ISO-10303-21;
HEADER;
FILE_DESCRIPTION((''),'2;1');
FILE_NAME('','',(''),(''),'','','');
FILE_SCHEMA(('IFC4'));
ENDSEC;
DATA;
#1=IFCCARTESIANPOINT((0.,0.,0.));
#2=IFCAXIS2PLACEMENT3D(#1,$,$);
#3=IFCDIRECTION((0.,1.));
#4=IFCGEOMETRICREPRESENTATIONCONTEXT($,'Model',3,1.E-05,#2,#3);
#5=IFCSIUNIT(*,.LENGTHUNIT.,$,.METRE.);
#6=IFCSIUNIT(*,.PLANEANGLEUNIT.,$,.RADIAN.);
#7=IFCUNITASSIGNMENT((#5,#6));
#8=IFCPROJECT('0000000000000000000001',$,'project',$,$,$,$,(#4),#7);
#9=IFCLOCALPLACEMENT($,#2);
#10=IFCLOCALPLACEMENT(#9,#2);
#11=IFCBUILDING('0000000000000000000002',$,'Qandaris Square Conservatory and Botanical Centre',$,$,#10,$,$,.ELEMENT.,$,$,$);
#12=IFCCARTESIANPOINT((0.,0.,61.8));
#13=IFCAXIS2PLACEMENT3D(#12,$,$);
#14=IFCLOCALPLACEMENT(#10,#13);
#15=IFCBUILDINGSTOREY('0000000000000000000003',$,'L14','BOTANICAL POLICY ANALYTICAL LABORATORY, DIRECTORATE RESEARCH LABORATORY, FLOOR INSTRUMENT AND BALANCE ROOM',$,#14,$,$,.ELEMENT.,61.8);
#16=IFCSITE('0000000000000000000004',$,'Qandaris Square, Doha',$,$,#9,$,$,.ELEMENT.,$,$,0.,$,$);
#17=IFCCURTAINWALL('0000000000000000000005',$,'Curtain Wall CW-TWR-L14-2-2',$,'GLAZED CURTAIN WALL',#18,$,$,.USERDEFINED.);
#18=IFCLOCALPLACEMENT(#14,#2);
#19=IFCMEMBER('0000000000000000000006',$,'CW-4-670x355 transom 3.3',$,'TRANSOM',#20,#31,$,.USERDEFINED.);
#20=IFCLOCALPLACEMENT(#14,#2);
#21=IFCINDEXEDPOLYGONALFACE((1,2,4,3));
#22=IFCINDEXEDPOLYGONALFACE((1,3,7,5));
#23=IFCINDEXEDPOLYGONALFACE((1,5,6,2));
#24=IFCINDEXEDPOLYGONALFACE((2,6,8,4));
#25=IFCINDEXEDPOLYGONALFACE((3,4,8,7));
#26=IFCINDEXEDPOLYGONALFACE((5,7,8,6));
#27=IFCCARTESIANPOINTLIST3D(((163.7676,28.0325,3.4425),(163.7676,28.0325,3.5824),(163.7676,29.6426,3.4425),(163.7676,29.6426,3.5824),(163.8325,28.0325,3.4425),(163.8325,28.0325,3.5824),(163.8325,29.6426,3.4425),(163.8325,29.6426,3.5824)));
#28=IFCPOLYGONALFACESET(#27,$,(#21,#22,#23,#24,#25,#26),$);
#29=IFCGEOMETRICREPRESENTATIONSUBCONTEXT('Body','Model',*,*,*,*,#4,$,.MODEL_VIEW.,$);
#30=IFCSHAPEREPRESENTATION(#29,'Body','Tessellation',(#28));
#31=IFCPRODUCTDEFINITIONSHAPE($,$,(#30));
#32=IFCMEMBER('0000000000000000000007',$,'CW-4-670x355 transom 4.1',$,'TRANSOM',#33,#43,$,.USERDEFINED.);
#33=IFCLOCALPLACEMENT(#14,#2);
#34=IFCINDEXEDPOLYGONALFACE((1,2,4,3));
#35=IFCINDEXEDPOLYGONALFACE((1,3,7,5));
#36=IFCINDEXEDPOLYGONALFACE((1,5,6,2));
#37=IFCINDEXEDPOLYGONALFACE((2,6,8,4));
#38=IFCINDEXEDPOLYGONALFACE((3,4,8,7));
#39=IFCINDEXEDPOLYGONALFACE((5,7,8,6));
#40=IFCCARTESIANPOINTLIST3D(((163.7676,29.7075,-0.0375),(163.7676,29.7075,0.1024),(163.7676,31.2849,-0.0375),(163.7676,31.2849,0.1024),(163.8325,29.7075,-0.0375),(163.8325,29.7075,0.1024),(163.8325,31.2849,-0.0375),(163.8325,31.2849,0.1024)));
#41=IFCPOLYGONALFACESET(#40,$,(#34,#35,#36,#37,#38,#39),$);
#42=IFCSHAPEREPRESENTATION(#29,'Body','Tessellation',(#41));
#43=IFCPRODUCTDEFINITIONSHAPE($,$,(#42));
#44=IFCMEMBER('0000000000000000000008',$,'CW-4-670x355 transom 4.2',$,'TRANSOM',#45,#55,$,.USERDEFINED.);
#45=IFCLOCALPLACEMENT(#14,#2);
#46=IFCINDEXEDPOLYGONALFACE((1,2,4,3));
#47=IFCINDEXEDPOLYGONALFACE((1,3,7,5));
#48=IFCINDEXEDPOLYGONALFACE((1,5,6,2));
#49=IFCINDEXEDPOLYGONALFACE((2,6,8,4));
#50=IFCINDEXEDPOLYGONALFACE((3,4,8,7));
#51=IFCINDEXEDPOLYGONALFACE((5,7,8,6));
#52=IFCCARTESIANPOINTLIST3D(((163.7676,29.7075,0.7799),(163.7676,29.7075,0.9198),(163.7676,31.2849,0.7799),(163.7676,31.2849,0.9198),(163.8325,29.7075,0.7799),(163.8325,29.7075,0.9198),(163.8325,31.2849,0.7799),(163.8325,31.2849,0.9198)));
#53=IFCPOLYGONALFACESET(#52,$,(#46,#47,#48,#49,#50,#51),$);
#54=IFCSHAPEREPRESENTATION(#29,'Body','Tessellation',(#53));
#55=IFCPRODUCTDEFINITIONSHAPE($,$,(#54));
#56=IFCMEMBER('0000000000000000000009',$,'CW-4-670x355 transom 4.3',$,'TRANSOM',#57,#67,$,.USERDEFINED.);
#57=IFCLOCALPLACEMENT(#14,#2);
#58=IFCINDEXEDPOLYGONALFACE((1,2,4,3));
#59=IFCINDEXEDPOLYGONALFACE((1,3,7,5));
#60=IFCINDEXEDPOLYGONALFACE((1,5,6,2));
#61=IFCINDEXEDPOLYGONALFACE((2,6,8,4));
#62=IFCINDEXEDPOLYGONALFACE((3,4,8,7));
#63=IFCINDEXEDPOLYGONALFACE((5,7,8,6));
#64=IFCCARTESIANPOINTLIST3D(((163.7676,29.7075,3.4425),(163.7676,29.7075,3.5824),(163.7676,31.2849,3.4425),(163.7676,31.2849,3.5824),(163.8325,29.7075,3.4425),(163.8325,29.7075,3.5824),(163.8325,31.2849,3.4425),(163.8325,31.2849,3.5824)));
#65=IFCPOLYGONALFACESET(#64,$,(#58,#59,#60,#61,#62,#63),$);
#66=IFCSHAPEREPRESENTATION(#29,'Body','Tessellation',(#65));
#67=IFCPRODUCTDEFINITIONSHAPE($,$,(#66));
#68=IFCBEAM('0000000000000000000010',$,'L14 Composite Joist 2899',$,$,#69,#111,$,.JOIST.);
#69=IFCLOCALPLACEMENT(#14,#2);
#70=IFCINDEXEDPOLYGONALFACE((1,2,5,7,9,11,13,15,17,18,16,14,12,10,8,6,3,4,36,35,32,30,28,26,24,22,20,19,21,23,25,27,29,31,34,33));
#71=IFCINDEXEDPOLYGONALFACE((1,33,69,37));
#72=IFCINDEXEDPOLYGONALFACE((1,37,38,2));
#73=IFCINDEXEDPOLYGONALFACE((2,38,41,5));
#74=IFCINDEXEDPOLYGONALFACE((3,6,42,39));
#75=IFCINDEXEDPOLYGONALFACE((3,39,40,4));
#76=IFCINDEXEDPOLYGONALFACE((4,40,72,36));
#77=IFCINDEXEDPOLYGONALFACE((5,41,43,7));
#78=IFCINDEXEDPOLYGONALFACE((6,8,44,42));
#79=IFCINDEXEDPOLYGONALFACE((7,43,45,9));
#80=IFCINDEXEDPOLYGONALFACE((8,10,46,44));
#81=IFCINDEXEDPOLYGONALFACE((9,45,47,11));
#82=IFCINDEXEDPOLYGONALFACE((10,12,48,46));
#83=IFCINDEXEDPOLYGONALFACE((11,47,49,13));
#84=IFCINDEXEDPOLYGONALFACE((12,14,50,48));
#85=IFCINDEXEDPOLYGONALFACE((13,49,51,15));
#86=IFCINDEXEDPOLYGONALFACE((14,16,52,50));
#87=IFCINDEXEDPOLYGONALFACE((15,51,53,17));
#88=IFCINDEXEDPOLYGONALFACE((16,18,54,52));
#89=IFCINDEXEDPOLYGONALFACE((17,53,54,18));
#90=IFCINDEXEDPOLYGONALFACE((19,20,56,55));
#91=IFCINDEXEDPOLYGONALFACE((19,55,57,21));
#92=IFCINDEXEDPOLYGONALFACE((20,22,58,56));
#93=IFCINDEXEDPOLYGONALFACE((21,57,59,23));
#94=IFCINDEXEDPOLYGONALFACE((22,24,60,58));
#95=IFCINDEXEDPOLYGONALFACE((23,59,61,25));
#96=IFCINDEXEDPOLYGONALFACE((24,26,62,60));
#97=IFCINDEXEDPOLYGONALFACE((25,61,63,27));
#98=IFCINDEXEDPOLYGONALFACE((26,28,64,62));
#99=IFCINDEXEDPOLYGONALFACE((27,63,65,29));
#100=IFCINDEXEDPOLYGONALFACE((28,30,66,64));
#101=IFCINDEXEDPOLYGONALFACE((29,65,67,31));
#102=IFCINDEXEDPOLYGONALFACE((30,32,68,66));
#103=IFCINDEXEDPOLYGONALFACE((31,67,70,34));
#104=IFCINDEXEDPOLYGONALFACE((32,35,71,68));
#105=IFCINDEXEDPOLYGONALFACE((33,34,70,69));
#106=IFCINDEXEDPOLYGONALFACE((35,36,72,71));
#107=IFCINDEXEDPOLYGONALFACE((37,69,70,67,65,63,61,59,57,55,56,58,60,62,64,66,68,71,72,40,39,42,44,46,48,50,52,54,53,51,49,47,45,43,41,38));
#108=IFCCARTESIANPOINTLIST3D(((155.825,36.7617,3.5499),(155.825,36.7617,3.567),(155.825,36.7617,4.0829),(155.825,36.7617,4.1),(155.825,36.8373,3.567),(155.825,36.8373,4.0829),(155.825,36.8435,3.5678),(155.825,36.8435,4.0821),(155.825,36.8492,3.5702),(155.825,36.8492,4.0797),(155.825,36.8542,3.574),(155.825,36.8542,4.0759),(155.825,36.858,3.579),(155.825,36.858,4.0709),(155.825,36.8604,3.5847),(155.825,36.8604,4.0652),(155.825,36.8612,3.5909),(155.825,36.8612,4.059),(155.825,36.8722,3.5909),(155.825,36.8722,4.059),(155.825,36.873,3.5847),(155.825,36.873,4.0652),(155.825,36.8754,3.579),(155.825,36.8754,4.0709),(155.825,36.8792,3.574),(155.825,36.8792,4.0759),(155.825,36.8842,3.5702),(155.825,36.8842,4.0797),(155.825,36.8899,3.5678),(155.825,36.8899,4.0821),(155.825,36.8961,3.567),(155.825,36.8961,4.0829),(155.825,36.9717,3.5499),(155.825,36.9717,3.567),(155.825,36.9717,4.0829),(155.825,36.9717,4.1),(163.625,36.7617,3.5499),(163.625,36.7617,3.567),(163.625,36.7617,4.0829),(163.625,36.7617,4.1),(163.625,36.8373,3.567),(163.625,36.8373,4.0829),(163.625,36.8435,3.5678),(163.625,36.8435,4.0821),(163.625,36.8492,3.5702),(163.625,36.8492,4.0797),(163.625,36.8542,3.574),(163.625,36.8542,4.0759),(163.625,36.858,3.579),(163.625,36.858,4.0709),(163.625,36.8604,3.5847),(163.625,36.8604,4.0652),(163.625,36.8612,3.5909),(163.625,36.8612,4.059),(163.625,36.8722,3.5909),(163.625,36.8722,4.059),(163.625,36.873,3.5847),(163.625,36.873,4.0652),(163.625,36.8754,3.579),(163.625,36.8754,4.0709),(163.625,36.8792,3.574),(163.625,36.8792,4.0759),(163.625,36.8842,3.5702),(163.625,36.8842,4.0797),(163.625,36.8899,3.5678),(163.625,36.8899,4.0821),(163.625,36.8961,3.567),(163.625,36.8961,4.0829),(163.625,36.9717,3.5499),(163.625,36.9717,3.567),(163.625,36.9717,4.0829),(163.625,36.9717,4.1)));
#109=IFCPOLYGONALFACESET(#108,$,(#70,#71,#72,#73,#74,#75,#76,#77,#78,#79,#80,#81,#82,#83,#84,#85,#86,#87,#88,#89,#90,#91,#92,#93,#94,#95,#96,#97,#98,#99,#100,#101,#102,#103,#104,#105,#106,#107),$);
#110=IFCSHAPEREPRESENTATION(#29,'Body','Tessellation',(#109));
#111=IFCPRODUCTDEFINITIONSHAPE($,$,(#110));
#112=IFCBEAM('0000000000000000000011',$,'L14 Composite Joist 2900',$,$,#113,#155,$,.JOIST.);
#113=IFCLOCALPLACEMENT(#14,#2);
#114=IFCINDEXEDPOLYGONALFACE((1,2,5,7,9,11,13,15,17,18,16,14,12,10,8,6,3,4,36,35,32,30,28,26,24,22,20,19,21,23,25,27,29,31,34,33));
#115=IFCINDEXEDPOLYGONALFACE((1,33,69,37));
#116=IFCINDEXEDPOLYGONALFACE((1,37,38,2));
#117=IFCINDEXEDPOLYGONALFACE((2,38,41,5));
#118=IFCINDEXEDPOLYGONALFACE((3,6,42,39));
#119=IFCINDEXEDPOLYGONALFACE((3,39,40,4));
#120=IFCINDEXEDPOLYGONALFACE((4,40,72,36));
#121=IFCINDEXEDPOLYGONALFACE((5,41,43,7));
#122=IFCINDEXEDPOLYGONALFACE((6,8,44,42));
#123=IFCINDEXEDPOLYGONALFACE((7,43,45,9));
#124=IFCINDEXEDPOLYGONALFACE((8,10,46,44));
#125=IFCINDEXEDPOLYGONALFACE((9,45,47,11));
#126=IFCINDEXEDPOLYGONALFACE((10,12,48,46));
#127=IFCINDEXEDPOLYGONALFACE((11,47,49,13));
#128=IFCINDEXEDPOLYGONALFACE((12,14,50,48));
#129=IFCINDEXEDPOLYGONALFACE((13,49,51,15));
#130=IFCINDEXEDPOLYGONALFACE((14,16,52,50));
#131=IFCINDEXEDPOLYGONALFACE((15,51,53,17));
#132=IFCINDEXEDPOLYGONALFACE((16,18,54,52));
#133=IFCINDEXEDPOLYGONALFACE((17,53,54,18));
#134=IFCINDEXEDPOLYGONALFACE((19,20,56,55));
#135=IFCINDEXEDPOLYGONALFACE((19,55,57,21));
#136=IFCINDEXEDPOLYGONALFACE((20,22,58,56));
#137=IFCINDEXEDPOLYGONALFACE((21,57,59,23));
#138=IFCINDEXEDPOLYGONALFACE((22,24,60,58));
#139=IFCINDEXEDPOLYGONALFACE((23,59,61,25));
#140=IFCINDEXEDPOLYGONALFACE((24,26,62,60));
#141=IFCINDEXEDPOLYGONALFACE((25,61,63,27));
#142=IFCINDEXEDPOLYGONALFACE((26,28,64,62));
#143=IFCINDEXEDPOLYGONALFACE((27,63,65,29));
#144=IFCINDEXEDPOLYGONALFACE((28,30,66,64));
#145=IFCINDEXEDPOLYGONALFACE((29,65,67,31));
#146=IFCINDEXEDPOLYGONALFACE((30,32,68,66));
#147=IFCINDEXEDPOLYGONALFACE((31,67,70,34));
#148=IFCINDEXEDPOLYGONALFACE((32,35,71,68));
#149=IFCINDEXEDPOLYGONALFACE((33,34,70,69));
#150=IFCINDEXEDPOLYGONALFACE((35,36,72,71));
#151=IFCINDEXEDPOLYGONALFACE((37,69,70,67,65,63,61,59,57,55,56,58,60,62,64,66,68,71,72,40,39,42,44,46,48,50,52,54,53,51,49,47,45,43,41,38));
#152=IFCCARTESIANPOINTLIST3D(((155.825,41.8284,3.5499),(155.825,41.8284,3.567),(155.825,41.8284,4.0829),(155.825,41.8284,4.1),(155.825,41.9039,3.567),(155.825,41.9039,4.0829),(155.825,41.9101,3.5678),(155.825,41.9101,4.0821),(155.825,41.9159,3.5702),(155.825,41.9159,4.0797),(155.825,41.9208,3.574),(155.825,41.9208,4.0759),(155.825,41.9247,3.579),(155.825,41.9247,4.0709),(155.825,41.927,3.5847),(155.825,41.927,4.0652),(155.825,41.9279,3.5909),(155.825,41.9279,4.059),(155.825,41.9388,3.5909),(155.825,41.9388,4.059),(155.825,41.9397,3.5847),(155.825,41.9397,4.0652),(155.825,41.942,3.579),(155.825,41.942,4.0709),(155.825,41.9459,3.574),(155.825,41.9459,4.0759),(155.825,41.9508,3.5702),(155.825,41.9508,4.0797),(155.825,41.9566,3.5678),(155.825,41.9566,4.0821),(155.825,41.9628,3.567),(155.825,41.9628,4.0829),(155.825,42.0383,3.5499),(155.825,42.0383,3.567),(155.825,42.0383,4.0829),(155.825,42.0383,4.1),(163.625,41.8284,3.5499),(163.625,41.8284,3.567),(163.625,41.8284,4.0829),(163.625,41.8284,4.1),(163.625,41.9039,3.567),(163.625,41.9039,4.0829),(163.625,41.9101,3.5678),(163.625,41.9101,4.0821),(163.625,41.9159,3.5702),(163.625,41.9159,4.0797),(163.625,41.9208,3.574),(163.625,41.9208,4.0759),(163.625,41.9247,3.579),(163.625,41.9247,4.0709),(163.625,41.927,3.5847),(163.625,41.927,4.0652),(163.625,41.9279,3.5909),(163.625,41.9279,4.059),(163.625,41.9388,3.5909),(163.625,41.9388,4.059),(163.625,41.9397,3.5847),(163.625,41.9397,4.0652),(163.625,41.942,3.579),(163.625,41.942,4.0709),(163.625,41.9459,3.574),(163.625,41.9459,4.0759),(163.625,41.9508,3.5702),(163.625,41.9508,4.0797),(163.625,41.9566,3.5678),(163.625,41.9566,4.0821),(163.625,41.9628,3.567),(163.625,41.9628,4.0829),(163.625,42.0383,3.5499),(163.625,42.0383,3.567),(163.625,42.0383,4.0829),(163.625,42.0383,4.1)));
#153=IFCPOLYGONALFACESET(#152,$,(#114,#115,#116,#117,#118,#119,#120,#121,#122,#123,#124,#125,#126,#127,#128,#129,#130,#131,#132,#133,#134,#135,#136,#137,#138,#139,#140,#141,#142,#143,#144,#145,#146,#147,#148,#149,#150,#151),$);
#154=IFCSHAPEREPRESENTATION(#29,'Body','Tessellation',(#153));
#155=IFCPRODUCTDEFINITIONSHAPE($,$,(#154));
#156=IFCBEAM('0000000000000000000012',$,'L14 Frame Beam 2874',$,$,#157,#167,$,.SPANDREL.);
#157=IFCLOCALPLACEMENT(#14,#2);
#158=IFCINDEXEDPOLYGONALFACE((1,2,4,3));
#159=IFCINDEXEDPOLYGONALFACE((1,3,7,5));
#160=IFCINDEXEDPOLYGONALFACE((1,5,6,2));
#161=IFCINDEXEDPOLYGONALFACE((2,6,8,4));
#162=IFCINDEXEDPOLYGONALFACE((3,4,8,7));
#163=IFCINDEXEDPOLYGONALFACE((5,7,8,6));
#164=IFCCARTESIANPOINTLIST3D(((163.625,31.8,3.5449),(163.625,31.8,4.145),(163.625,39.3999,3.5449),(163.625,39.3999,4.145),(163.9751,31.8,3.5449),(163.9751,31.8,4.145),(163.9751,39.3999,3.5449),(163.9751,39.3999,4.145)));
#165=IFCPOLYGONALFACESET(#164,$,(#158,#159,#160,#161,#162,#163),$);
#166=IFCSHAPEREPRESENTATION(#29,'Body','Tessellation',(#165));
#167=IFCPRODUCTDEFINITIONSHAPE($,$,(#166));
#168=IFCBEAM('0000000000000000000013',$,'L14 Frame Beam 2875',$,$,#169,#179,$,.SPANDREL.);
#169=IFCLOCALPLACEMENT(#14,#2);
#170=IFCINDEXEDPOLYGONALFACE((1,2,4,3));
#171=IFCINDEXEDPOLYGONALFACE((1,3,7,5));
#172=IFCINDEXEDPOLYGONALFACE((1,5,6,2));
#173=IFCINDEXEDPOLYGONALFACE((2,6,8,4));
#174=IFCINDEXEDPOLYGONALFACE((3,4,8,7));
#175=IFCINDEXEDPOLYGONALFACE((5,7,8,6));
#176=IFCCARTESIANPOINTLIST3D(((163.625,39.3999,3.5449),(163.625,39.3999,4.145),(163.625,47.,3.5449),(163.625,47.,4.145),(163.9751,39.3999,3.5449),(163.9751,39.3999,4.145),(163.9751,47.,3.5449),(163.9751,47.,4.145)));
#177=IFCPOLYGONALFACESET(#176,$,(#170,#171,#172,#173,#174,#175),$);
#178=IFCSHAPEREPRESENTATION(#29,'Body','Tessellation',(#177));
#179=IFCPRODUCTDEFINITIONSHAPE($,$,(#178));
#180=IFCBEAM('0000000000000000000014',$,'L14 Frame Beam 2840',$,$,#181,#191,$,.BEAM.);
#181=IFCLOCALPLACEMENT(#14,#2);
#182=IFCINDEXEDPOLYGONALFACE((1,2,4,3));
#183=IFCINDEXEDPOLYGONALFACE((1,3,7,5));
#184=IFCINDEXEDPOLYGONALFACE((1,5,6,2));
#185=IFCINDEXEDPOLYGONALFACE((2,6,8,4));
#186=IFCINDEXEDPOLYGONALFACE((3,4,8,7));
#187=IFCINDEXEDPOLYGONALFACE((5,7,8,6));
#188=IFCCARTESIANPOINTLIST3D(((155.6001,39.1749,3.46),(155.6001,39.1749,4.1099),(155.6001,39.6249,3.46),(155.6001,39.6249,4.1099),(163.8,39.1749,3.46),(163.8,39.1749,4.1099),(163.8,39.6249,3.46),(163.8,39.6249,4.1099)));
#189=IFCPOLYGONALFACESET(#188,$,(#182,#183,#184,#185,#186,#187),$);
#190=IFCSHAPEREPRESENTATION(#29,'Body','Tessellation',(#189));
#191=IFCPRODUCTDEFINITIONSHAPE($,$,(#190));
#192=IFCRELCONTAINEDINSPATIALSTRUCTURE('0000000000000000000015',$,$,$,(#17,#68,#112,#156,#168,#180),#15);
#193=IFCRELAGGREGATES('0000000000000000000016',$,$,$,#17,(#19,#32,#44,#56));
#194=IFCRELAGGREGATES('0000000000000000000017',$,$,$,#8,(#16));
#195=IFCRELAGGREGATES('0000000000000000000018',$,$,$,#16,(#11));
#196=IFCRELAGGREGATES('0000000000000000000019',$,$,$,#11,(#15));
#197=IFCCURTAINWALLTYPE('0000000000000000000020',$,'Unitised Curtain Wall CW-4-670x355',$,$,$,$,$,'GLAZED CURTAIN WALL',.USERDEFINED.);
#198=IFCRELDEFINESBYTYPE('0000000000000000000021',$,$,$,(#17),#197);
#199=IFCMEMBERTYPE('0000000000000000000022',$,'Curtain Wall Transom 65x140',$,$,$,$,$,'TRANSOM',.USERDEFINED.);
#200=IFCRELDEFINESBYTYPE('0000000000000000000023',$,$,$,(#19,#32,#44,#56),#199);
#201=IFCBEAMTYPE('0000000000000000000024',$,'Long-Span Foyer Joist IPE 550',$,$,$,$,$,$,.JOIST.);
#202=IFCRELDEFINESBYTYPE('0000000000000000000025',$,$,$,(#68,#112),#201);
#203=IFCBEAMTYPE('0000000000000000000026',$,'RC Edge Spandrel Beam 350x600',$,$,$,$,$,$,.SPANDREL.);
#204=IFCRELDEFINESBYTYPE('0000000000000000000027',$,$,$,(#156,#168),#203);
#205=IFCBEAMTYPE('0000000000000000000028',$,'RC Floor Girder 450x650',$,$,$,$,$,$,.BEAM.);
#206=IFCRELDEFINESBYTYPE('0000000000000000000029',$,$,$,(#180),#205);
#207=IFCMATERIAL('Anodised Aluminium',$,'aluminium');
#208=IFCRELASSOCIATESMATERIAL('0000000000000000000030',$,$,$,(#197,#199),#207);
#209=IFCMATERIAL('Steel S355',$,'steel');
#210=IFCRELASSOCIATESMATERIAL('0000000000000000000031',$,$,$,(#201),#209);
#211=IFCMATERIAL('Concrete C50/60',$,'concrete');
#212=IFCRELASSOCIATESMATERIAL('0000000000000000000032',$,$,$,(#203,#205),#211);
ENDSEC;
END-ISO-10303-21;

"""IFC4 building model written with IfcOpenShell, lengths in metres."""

from ifc_helpers import new_model, si_unit, direction, frame, origin, origin_2d, place, context, subcontext, project, spatial, rectangle, i_section, extrude, material, material_profile, profile_set, type_object, element, aggregate, save


model = new_model("IFC4")

# Units and contexts
model_context = context("Model", 3, precision=1e-05, world=origin(), true_north=direction((0.0, 1.0)))
body_context = subcontext(model_context, "Body", "Model", "MODEL_VIEW")
ifc_project = project(units=[si_unit("LENGTHUNIT", "METRE"), si_unit("PLANEANGLEUNIT", "RADIAN")], contexts=[model_context])

# Site, building, storey
site_placement = place(None, origin())
site = spatial("IfcSite", under=ifc_project, at=site_placement, Name="Qandaris Square, Doha", CompositionType="ELEMENT", RefElevation=0.0)
building_placement = place(site_placement, origin())
building = spatial("IfcBuilding", under=site, at=building_placement, Name="Qandaris Square Conservatory and Botanical Centre", CompositionType="ELEMENT")
storey_placement = place(building_placement, frame((0.0, 0.0, 61.8)))
storey = spatial("IfcBuildingStorey", under=building, at=storey_placement, Name="L14", Description="BOTANICAL POLICY ANALYTICAL LABORATORY, DIRECTORATE RESEARCH LABORATORY, FLOOR INSTRUMENT AND BALANCE ROOM", CompositionType="ELEMENT", Elevation=61.8)

# Shared definitions
ifc_material_1 = material(Name="Concrete C50/60", Category="concrete")

# Shared definitions
ifc_material_2 = material(Name="Steel S355", Category="steel")

# Curtain wall, members
ifc_material_3 = material(Name="Anodised Aluminium", Category="aluminium")
curtain_wall_type = type_object("IfcCurtainWallType", Name="Unitised Curtain Wall CW-4-670x355", ElementType="GLAZED CURTAIN WALL", PredefinedType="USERDEFINED", material=ifc_material_3)
curtain_wall_placement = place(storey_placement, origin())
curtain_wall = element("IfcCurtainWall", 1, at=curtain_wall_placement, inside=storey, type_object=curtain_wall_type, Name="Curtain Wall CW-TWR-L14-2-2", ObjectType="GLAZED CURTAIN WALL", PredefinedType="USERDEFINED")
ifc_material_profile_1 = material_profile(ifc_material_3, rectangle(XDim=0.0649, YDim=0.1399, at=origin_2d()), Name="ALU-TRN 65x140")
ifc_profile_set_1 = profile_set([ifc_material_profile_1], Name="Anodised Aluminium")
member_type_1 = type_object("IfcMemberType", Name="Curtain Wall Transom 65x140", ElementType="TRANSOM", PredefinedType="USERDEFINED", material=ifc_profile_set_1)
member_1_placement = place(storey_placement, frame((163.8, 28.0325, 3.5125), z_axis=(0.0, 1.0, 0.0), x_axis=(-1.0, 0.0, 0.0)))
member_1 = element("IfcMember", 2, at=member_1_placement, type_object=member_type_1, Name="CW-4-670x355 transom 3.3", ObjectType="TRANSOM", PredefinedType="USERDEFINED", context=body_context, shape_type="SweptSolid", body=[
    extrude(rectangle(XDim=0.0649, YDim=0.1399, at=origin_2d()), origin(), (0.0, 0.0, 1.0), 1.6101),
])
member_2_placement = place(storey_placement, frame((163.8, 29.7075, 0.0325), z_axis=(0.0, 1.0, 0.0), x_axis=(-1.0, 0.0, 0.0)))
member_2 = element("IfcMember", 3, at=member_2_placement, type_object=member_type_1, Name="CW-4-670x355 transom 4.1", ObjectType="TRANSOM", PredefinedType="USERDEFINED", context=body_context, shape_type="SweptSolid", body=[
    extrude(rectangle(XDim=0.0649, YDim=0.1399, at=origin_2d()), origin(), (0.0, 0.0, 1.0), 1.5774),
])
member_3_placement = place(storey_placement, frame((163.8, 29.7075, 0.8499), z_axis=(0.0, 1.0, 0.0), x_axis=(-1.0, 0.0, 0.0)))
member_3 = element("IfcMember", 4, at=member_3_placement, type_object=member_type_1, Name="CW-4-670x355 transom 4.2", ObjectType="TRANSOM", PredefinedType="USERDEFINED", context=body_context, shape_type="SweptSolid", body=[
    extrude(rectangle(XDim=0.0649, YDim=0.1399, at=origin_2d()), origin(), (0.0, 0.0, 1.0), 1.5774),
])
member_4_placement = place(storey_placement, frame((163.8, 29.7075, 3.5125), z_axis=(0.0, 1.0, 0.0), x_axis=(-1.0, 0.0, 0.0)))
member_4 = element("IfcMember", 5, at=member_4_placement, type_object=member_type_1, Name="CW-4-670x355 transom 4.3", ObjectType="TRANSOM", PredefinedType="USERDEFINED", context=body_context, shape_type="SweptSolid", body=[
    extrude(rectangle(XDim=0.0649, YDim=0.1399, at=origin_2d()), origin(), (0.0, 0.0, 1.0), 1.5774),
])

# Beams
ifc_material_profile_2 = material_profile(ifc_material_2, i_section(OverallWidth=0.21, OverallDepth=0.55, WebThickness=0.011, FlangeThickness=0.0171, FilletRadius=0.0239, at=origin_2d()), Name="IPE 550")
ifc_profile_set_2 = profile_set([ifc_material_profile_2], Name="Steel S355")
beam_type_1 = type_object("IfcBeamType", Name="Long-Span Foyer Joist IPE 550", PredefinedType="JOIST", material=ifc_profile_set_2)
for number, where, z_axis, x_axis, name in (
    (6, (155.825, 36.8667, 3.825), (1.0, 0.0, 0.0), (0.0, 1.0, 0.0), "L14 Composite Joist 2899"),
    (7, (155.825, 41.9333, 3.825), (1.0, 0.0, 0.0), (0.0, 1.0, 0.0), "L14 Composite Joist 2900"),
):
    element("IfcBeam", number, at=place(storey_placement, frame(where, z_axis=z_axis, x_axis=x_axis)), inside=storey, type_object=beam_type_1, Name=name, PredefinedType="JOIST", context=body_context, shape_type="SweptSolid", body=[
        extrude(i_section(OverallWidth=0.21, OverallDepth=0.55, WebThickness=0.011, FlangeThickness=0.0171, FilletRadius=0.0239, at=origin_2d()), origin(), (0.0, 0.0, 1.0), 7.8),
    ])
ifc_material_profile_3 = material_profile(ifc_material_1, rectangle(XDim=0.3501, YDim=0.6001, at=origin_2d()), Name="RC-SP 350x600")
ifc_profile_set_3 = profile_set([ifc_material_profile_3], Name="Concrete C50/60")
beam_type_2 = type_object("IfcBeamType", Name="RC Edge Spandrel Beam 350x600", PredefinedType="SPANDREL", material=ifc_profile_set_3)
beam_1_placement = place(storey_placement, frame((163.8, 31.8, 3.845), z_axis=(0.0, 1.0, 0.0), x_axis=(-1.0, 0.0, 0.0)))
element("IfcBeam", 8, at=beam_1_placement, inside=storey, type_object=beam_type_2, Name="L14 Frame Beam 2874", PredefinedType="SPANDREL", context=body_context, shape_type="SweptSolid", body=[
    extrude(rectangle(XDim=0.3501, YDim=0.6001, at=origin_2d()), origin(), (0.0, 0.0, 1.0), 7.5999),
])
beam_2_placement = place(storey_placement, frame((163.8, 39.3999, 3.845), z_axis=(0.0, 1.0, 0.0), x_axis=(-1.0, 0.0, 0.0)))
element("IfcBeam", 9, at=beam_2_placement, inside=storey, type_object=beam_type_2, Name="L14 Frame Beam 2875", PredefinedType="SPANDREL", context=body_context, shape_type="SweptSolid", body=[
    extrude(rectangle(XDim=0.3501, YDim=0.6001, at=origin_2d()), origin(), (0.0, 0.0, 1.0), 7.6001),
])
ifc_material_profile_4 = material_profile(ifc_material_1, rectangle(XDim=0.45, YDim=0.6499, at=origin_2d()), Name="RC-BM 450x650")
ifc_profile_set_4 = profile_set([ifc_material_profile_4], Name="Concrete C50/60")
beam_type_3 = type_object("IfcBeamType", Name="RC Floor Girder 450x650", PredefinedType="BEAM", material=ifc_profile_set_4)
beam_3_placement = place(storey_placement, frame((155.6001, 39.3999, 3.7849), z_axis=(1.0, 0.0, 0.0), x_axis=(0.0, 1.0, 0.0)))
element("IfcBeam", 10, at=beam_3_placement, inside=storey, type_object=beam_type_3, Name="L14 Frame Beam 2840", PredefinedType="BEAM", context=body_context, shape_type="SweptSolid", body=[
    extrude(rectangle(XDim=0.45, YDim=0.6499, at=origin_2d()), origin(), (0.0, 0.0, 1.0), 8.2),
])

aggregate(curtain_wall, [member_1, member_2, member_3, member_4])

save(model, "model.ifc")
